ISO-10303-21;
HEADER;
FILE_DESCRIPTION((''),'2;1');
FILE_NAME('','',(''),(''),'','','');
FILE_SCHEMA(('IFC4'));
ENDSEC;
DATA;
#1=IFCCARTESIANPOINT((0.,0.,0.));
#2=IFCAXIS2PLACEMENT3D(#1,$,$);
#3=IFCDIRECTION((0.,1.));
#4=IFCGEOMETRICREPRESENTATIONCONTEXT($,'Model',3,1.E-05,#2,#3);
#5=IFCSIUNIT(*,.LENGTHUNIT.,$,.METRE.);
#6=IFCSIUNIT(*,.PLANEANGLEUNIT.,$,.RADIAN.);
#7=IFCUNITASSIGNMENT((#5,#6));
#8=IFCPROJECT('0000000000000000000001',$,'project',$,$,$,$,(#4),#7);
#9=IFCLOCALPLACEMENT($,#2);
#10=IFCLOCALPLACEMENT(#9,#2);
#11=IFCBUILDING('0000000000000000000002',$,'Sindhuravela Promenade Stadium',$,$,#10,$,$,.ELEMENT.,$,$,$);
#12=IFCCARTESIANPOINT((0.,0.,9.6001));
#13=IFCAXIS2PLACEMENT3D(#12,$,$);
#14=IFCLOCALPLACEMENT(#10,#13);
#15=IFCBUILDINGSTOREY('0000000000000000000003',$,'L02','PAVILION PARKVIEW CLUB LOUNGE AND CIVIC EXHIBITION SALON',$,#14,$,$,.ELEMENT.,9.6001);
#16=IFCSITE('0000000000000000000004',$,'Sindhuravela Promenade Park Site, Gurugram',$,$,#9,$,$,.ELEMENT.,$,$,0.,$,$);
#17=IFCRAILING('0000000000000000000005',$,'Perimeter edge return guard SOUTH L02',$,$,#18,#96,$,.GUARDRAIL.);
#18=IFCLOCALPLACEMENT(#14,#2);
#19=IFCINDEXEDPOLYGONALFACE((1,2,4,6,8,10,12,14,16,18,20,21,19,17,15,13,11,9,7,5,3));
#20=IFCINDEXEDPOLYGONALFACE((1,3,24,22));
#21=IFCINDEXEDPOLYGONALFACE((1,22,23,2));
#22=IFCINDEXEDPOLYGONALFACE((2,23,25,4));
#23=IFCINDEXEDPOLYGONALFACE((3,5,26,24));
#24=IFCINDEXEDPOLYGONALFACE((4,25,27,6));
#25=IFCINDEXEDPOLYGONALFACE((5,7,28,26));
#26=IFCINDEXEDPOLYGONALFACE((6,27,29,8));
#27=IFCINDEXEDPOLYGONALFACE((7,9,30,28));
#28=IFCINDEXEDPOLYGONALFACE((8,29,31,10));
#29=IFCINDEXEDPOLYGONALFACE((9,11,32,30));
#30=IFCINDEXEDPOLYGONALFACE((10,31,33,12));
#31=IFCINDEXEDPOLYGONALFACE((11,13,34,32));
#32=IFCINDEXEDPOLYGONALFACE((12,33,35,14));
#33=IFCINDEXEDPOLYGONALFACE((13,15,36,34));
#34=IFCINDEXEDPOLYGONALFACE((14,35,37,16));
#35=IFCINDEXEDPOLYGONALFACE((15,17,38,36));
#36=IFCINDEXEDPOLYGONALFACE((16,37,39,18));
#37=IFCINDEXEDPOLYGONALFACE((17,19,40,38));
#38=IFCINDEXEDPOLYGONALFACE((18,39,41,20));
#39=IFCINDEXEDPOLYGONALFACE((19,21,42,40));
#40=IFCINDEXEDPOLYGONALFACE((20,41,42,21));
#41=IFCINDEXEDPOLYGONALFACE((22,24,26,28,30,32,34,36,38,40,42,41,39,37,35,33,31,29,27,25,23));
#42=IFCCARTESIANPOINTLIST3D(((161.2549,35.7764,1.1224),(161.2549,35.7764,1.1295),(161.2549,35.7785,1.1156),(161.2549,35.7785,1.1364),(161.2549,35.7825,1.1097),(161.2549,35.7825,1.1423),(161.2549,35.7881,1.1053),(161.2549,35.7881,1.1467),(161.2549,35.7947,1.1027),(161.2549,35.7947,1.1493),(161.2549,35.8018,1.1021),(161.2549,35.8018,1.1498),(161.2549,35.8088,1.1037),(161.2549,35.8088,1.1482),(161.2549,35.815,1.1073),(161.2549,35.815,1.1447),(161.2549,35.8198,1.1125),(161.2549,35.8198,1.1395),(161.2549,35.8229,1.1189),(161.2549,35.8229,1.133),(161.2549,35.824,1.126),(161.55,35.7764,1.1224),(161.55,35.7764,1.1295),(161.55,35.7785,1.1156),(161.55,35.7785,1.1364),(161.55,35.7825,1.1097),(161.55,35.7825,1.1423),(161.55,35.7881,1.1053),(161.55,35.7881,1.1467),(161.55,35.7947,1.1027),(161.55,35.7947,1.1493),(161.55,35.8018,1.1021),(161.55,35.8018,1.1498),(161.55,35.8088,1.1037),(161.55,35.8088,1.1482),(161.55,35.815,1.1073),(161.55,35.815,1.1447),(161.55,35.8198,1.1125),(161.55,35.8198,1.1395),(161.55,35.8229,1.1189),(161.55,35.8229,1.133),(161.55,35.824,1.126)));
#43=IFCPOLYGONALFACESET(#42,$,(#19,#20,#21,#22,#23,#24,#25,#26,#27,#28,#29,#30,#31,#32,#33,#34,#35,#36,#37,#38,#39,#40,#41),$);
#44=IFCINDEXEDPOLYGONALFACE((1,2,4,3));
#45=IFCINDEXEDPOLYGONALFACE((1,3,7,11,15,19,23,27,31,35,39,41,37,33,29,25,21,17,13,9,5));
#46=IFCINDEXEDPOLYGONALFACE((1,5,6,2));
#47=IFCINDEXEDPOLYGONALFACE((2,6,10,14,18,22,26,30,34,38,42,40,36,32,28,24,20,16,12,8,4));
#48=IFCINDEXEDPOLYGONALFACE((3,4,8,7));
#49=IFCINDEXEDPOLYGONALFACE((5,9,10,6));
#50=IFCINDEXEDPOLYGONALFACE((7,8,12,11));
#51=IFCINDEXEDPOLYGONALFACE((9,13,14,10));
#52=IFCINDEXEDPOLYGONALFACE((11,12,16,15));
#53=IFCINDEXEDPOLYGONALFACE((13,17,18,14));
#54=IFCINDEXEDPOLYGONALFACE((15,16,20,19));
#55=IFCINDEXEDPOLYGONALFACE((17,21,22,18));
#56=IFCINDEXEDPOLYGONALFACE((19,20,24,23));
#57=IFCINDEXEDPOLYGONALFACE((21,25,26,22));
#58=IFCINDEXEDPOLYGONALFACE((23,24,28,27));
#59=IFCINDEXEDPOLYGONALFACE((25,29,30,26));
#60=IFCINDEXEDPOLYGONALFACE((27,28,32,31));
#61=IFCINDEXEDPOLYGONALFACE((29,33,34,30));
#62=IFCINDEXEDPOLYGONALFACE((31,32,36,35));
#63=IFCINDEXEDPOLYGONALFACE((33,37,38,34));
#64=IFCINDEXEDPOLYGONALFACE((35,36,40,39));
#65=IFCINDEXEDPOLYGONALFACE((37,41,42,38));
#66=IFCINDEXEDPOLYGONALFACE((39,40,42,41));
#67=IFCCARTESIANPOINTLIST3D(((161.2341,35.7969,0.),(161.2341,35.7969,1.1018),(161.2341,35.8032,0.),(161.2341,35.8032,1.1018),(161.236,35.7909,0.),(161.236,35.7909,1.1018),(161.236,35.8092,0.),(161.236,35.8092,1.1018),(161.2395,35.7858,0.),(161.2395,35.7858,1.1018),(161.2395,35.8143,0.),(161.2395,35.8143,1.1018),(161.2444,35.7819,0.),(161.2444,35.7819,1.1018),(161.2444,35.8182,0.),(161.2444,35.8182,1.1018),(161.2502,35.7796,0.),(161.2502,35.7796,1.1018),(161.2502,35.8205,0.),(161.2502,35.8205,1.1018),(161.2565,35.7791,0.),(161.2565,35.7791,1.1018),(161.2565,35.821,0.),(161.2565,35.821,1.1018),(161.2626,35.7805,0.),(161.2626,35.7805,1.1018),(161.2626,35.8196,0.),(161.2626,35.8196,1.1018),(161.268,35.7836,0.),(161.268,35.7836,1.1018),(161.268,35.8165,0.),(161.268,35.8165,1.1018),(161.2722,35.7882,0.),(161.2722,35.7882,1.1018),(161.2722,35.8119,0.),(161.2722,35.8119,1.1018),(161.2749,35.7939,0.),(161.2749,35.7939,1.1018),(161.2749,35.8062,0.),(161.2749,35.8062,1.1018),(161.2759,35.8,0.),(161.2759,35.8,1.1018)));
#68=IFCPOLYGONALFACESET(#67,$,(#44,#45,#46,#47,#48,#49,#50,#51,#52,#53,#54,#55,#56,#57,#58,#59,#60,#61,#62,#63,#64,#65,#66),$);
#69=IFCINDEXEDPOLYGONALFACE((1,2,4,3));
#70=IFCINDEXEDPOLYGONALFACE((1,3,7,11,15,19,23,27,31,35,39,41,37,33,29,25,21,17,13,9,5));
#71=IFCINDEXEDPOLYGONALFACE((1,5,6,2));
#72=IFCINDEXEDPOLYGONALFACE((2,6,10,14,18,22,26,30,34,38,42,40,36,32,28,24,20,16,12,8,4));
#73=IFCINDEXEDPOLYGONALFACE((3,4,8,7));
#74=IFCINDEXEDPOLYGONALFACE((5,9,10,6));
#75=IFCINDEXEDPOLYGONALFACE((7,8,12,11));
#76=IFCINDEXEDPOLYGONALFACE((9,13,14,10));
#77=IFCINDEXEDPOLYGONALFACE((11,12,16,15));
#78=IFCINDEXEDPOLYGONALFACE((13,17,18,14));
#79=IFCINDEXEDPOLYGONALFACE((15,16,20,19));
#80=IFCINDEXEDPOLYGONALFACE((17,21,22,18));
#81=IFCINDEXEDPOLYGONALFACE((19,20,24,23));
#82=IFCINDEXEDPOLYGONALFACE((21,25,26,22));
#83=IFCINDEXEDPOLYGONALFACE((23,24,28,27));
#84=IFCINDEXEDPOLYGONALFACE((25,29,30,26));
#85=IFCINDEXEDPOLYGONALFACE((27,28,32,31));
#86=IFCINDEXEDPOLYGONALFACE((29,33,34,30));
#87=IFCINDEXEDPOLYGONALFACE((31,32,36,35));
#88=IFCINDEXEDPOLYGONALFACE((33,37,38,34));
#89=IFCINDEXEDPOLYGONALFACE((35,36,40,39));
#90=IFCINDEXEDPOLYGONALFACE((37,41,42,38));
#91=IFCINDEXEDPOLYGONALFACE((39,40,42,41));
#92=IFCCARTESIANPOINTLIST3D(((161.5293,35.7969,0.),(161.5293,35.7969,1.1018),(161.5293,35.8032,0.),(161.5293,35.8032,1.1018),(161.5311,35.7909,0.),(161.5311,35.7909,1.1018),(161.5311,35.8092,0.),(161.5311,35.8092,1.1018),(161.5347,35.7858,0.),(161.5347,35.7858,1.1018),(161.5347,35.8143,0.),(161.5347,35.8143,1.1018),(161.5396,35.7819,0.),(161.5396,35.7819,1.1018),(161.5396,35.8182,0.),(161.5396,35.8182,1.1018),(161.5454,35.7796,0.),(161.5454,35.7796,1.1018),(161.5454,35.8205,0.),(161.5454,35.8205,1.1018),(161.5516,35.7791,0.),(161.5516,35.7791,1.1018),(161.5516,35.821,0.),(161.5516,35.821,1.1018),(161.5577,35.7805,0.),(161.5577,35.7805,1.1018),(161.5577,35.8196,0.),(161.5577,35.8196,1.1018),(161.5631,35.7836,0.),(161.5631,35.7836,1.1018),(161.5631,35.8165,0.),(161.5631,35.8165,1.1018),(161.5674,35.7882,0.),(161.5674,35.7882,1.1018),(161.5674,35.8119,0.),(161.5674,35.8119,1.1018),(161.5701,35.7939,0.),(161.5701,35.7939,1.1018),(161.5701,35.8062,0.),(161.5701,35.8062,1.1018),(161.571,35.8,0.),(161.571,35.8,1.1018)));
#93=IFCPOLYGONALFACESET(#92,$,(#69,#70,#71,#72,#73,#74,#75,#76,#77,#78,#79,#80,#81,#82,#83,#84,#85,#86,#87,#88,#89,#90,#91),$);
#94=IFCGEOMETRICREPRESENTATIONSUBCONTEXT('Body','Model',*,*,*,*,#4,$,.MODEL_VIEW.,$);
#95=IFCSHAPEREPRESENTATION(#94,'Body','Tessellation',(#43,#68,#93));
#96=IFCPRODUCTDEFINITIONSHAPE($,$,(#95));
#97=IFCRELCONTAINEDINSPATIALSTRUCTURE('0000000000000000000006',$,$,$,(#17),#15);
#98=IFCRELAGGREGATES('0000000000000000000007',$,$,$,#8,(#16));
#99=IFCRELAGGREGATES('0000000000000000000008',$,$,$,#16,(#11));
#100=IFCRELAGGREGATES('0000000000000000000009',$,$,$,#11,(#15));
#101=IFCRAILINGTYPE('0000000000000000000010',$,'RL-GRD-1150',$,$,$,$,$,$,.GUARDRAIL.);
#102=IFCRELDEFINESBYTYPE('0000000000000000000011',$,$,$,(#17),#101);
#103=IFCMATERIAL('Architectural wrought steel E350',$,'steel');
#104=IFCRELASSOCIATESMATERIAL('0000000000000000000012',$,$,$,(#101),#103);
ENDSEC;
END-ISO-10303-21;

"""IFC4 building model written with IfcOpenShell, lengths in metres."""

from ifc_helpers import new_model, si_unit, direction, frame, origin, origin_2d, place, context, subcontext, project, spatial, circle, extrude, material, type_object, element, save


model = new_model("IFC4")

# Units and contexts
model_context = context("Model", 3, precision=1e-05, world=origin(), true_north=direction((0.0, 1.0)))
body_context = subcontext(model_context, "Body", "Model", "MODEL_VIEW")
ifc_project = project(units=[si_unit("LENGTHUNIT", "METRE"), si_unit("PLANEANGLEUNIT", "RADIAN")], contexts=[model_context])

# Site, building, storey
site_placement = place(None, origin())
site = spatial("IfcSite", under=ifc_project, at=site_placement, Name="Sindhuravela Promenade Park Site, Gurugram", CompositionType="ELEMENT", RefElevation=0.0)
building_placement = place(site_placement, origin())
building = spatial("IfcBuilding", under=site, at=building_placement, Name="Sindhuravela Promenade Stadium", CompositionType="ELEMENT")
storey_placement = place(building_placement, frame((0.0, 0.0, 9.6001)))
storey = spatial("IfcBuildingStorey", under=building, at=storey_placement, Name="L02", Description="PAVILION PARKVIEW CLUB LOUNGE AND CIVIC EXHIBITION SALON", CompositionType="ELEMENT", Elevation=9.6001)

# Railing
ifc_material_1 = material(Name="Architectural wrought steel E350", Category="steel")
railing_type = type_object("IfcRailingType", Name="RL-GRD-1150", PredefinedType="GUARDRAIL", material=ifc_material_1)
railing_placement = place(storey_placement, frame((161.2549, 35.8, 0.0)))
element("IfcRailing", 1, at=railing_placement, inside=storey, type_object=railing_type, Name="Perimeter edge return guard SOUTH L02", PredefinedType="GUARDRAIL", context=body_context, shape_type="SweptSolid", body=[
    extrude(circle(Radius=0.0239, at=origin_2d()), frame((0.0, 0.0, 1.126), z_axis=(1.0, 0.0, 0.0), x_axis=(0.0, 1.0, 0.0)), (0.0, 0.0, 1.0), 0.2952),
    extrude(circle(Radius=0.021, at=origin_2d()), origin(), (0.0, 0.0, 1.0), 1.1018),
    extrude(circle(Radius=0.021, at=origin_2d()), frame((0.2952, 0.0, 0.0)), (0.0, 0.0, 1.0), 1.1018),
])

save(model, "model.ifc")
